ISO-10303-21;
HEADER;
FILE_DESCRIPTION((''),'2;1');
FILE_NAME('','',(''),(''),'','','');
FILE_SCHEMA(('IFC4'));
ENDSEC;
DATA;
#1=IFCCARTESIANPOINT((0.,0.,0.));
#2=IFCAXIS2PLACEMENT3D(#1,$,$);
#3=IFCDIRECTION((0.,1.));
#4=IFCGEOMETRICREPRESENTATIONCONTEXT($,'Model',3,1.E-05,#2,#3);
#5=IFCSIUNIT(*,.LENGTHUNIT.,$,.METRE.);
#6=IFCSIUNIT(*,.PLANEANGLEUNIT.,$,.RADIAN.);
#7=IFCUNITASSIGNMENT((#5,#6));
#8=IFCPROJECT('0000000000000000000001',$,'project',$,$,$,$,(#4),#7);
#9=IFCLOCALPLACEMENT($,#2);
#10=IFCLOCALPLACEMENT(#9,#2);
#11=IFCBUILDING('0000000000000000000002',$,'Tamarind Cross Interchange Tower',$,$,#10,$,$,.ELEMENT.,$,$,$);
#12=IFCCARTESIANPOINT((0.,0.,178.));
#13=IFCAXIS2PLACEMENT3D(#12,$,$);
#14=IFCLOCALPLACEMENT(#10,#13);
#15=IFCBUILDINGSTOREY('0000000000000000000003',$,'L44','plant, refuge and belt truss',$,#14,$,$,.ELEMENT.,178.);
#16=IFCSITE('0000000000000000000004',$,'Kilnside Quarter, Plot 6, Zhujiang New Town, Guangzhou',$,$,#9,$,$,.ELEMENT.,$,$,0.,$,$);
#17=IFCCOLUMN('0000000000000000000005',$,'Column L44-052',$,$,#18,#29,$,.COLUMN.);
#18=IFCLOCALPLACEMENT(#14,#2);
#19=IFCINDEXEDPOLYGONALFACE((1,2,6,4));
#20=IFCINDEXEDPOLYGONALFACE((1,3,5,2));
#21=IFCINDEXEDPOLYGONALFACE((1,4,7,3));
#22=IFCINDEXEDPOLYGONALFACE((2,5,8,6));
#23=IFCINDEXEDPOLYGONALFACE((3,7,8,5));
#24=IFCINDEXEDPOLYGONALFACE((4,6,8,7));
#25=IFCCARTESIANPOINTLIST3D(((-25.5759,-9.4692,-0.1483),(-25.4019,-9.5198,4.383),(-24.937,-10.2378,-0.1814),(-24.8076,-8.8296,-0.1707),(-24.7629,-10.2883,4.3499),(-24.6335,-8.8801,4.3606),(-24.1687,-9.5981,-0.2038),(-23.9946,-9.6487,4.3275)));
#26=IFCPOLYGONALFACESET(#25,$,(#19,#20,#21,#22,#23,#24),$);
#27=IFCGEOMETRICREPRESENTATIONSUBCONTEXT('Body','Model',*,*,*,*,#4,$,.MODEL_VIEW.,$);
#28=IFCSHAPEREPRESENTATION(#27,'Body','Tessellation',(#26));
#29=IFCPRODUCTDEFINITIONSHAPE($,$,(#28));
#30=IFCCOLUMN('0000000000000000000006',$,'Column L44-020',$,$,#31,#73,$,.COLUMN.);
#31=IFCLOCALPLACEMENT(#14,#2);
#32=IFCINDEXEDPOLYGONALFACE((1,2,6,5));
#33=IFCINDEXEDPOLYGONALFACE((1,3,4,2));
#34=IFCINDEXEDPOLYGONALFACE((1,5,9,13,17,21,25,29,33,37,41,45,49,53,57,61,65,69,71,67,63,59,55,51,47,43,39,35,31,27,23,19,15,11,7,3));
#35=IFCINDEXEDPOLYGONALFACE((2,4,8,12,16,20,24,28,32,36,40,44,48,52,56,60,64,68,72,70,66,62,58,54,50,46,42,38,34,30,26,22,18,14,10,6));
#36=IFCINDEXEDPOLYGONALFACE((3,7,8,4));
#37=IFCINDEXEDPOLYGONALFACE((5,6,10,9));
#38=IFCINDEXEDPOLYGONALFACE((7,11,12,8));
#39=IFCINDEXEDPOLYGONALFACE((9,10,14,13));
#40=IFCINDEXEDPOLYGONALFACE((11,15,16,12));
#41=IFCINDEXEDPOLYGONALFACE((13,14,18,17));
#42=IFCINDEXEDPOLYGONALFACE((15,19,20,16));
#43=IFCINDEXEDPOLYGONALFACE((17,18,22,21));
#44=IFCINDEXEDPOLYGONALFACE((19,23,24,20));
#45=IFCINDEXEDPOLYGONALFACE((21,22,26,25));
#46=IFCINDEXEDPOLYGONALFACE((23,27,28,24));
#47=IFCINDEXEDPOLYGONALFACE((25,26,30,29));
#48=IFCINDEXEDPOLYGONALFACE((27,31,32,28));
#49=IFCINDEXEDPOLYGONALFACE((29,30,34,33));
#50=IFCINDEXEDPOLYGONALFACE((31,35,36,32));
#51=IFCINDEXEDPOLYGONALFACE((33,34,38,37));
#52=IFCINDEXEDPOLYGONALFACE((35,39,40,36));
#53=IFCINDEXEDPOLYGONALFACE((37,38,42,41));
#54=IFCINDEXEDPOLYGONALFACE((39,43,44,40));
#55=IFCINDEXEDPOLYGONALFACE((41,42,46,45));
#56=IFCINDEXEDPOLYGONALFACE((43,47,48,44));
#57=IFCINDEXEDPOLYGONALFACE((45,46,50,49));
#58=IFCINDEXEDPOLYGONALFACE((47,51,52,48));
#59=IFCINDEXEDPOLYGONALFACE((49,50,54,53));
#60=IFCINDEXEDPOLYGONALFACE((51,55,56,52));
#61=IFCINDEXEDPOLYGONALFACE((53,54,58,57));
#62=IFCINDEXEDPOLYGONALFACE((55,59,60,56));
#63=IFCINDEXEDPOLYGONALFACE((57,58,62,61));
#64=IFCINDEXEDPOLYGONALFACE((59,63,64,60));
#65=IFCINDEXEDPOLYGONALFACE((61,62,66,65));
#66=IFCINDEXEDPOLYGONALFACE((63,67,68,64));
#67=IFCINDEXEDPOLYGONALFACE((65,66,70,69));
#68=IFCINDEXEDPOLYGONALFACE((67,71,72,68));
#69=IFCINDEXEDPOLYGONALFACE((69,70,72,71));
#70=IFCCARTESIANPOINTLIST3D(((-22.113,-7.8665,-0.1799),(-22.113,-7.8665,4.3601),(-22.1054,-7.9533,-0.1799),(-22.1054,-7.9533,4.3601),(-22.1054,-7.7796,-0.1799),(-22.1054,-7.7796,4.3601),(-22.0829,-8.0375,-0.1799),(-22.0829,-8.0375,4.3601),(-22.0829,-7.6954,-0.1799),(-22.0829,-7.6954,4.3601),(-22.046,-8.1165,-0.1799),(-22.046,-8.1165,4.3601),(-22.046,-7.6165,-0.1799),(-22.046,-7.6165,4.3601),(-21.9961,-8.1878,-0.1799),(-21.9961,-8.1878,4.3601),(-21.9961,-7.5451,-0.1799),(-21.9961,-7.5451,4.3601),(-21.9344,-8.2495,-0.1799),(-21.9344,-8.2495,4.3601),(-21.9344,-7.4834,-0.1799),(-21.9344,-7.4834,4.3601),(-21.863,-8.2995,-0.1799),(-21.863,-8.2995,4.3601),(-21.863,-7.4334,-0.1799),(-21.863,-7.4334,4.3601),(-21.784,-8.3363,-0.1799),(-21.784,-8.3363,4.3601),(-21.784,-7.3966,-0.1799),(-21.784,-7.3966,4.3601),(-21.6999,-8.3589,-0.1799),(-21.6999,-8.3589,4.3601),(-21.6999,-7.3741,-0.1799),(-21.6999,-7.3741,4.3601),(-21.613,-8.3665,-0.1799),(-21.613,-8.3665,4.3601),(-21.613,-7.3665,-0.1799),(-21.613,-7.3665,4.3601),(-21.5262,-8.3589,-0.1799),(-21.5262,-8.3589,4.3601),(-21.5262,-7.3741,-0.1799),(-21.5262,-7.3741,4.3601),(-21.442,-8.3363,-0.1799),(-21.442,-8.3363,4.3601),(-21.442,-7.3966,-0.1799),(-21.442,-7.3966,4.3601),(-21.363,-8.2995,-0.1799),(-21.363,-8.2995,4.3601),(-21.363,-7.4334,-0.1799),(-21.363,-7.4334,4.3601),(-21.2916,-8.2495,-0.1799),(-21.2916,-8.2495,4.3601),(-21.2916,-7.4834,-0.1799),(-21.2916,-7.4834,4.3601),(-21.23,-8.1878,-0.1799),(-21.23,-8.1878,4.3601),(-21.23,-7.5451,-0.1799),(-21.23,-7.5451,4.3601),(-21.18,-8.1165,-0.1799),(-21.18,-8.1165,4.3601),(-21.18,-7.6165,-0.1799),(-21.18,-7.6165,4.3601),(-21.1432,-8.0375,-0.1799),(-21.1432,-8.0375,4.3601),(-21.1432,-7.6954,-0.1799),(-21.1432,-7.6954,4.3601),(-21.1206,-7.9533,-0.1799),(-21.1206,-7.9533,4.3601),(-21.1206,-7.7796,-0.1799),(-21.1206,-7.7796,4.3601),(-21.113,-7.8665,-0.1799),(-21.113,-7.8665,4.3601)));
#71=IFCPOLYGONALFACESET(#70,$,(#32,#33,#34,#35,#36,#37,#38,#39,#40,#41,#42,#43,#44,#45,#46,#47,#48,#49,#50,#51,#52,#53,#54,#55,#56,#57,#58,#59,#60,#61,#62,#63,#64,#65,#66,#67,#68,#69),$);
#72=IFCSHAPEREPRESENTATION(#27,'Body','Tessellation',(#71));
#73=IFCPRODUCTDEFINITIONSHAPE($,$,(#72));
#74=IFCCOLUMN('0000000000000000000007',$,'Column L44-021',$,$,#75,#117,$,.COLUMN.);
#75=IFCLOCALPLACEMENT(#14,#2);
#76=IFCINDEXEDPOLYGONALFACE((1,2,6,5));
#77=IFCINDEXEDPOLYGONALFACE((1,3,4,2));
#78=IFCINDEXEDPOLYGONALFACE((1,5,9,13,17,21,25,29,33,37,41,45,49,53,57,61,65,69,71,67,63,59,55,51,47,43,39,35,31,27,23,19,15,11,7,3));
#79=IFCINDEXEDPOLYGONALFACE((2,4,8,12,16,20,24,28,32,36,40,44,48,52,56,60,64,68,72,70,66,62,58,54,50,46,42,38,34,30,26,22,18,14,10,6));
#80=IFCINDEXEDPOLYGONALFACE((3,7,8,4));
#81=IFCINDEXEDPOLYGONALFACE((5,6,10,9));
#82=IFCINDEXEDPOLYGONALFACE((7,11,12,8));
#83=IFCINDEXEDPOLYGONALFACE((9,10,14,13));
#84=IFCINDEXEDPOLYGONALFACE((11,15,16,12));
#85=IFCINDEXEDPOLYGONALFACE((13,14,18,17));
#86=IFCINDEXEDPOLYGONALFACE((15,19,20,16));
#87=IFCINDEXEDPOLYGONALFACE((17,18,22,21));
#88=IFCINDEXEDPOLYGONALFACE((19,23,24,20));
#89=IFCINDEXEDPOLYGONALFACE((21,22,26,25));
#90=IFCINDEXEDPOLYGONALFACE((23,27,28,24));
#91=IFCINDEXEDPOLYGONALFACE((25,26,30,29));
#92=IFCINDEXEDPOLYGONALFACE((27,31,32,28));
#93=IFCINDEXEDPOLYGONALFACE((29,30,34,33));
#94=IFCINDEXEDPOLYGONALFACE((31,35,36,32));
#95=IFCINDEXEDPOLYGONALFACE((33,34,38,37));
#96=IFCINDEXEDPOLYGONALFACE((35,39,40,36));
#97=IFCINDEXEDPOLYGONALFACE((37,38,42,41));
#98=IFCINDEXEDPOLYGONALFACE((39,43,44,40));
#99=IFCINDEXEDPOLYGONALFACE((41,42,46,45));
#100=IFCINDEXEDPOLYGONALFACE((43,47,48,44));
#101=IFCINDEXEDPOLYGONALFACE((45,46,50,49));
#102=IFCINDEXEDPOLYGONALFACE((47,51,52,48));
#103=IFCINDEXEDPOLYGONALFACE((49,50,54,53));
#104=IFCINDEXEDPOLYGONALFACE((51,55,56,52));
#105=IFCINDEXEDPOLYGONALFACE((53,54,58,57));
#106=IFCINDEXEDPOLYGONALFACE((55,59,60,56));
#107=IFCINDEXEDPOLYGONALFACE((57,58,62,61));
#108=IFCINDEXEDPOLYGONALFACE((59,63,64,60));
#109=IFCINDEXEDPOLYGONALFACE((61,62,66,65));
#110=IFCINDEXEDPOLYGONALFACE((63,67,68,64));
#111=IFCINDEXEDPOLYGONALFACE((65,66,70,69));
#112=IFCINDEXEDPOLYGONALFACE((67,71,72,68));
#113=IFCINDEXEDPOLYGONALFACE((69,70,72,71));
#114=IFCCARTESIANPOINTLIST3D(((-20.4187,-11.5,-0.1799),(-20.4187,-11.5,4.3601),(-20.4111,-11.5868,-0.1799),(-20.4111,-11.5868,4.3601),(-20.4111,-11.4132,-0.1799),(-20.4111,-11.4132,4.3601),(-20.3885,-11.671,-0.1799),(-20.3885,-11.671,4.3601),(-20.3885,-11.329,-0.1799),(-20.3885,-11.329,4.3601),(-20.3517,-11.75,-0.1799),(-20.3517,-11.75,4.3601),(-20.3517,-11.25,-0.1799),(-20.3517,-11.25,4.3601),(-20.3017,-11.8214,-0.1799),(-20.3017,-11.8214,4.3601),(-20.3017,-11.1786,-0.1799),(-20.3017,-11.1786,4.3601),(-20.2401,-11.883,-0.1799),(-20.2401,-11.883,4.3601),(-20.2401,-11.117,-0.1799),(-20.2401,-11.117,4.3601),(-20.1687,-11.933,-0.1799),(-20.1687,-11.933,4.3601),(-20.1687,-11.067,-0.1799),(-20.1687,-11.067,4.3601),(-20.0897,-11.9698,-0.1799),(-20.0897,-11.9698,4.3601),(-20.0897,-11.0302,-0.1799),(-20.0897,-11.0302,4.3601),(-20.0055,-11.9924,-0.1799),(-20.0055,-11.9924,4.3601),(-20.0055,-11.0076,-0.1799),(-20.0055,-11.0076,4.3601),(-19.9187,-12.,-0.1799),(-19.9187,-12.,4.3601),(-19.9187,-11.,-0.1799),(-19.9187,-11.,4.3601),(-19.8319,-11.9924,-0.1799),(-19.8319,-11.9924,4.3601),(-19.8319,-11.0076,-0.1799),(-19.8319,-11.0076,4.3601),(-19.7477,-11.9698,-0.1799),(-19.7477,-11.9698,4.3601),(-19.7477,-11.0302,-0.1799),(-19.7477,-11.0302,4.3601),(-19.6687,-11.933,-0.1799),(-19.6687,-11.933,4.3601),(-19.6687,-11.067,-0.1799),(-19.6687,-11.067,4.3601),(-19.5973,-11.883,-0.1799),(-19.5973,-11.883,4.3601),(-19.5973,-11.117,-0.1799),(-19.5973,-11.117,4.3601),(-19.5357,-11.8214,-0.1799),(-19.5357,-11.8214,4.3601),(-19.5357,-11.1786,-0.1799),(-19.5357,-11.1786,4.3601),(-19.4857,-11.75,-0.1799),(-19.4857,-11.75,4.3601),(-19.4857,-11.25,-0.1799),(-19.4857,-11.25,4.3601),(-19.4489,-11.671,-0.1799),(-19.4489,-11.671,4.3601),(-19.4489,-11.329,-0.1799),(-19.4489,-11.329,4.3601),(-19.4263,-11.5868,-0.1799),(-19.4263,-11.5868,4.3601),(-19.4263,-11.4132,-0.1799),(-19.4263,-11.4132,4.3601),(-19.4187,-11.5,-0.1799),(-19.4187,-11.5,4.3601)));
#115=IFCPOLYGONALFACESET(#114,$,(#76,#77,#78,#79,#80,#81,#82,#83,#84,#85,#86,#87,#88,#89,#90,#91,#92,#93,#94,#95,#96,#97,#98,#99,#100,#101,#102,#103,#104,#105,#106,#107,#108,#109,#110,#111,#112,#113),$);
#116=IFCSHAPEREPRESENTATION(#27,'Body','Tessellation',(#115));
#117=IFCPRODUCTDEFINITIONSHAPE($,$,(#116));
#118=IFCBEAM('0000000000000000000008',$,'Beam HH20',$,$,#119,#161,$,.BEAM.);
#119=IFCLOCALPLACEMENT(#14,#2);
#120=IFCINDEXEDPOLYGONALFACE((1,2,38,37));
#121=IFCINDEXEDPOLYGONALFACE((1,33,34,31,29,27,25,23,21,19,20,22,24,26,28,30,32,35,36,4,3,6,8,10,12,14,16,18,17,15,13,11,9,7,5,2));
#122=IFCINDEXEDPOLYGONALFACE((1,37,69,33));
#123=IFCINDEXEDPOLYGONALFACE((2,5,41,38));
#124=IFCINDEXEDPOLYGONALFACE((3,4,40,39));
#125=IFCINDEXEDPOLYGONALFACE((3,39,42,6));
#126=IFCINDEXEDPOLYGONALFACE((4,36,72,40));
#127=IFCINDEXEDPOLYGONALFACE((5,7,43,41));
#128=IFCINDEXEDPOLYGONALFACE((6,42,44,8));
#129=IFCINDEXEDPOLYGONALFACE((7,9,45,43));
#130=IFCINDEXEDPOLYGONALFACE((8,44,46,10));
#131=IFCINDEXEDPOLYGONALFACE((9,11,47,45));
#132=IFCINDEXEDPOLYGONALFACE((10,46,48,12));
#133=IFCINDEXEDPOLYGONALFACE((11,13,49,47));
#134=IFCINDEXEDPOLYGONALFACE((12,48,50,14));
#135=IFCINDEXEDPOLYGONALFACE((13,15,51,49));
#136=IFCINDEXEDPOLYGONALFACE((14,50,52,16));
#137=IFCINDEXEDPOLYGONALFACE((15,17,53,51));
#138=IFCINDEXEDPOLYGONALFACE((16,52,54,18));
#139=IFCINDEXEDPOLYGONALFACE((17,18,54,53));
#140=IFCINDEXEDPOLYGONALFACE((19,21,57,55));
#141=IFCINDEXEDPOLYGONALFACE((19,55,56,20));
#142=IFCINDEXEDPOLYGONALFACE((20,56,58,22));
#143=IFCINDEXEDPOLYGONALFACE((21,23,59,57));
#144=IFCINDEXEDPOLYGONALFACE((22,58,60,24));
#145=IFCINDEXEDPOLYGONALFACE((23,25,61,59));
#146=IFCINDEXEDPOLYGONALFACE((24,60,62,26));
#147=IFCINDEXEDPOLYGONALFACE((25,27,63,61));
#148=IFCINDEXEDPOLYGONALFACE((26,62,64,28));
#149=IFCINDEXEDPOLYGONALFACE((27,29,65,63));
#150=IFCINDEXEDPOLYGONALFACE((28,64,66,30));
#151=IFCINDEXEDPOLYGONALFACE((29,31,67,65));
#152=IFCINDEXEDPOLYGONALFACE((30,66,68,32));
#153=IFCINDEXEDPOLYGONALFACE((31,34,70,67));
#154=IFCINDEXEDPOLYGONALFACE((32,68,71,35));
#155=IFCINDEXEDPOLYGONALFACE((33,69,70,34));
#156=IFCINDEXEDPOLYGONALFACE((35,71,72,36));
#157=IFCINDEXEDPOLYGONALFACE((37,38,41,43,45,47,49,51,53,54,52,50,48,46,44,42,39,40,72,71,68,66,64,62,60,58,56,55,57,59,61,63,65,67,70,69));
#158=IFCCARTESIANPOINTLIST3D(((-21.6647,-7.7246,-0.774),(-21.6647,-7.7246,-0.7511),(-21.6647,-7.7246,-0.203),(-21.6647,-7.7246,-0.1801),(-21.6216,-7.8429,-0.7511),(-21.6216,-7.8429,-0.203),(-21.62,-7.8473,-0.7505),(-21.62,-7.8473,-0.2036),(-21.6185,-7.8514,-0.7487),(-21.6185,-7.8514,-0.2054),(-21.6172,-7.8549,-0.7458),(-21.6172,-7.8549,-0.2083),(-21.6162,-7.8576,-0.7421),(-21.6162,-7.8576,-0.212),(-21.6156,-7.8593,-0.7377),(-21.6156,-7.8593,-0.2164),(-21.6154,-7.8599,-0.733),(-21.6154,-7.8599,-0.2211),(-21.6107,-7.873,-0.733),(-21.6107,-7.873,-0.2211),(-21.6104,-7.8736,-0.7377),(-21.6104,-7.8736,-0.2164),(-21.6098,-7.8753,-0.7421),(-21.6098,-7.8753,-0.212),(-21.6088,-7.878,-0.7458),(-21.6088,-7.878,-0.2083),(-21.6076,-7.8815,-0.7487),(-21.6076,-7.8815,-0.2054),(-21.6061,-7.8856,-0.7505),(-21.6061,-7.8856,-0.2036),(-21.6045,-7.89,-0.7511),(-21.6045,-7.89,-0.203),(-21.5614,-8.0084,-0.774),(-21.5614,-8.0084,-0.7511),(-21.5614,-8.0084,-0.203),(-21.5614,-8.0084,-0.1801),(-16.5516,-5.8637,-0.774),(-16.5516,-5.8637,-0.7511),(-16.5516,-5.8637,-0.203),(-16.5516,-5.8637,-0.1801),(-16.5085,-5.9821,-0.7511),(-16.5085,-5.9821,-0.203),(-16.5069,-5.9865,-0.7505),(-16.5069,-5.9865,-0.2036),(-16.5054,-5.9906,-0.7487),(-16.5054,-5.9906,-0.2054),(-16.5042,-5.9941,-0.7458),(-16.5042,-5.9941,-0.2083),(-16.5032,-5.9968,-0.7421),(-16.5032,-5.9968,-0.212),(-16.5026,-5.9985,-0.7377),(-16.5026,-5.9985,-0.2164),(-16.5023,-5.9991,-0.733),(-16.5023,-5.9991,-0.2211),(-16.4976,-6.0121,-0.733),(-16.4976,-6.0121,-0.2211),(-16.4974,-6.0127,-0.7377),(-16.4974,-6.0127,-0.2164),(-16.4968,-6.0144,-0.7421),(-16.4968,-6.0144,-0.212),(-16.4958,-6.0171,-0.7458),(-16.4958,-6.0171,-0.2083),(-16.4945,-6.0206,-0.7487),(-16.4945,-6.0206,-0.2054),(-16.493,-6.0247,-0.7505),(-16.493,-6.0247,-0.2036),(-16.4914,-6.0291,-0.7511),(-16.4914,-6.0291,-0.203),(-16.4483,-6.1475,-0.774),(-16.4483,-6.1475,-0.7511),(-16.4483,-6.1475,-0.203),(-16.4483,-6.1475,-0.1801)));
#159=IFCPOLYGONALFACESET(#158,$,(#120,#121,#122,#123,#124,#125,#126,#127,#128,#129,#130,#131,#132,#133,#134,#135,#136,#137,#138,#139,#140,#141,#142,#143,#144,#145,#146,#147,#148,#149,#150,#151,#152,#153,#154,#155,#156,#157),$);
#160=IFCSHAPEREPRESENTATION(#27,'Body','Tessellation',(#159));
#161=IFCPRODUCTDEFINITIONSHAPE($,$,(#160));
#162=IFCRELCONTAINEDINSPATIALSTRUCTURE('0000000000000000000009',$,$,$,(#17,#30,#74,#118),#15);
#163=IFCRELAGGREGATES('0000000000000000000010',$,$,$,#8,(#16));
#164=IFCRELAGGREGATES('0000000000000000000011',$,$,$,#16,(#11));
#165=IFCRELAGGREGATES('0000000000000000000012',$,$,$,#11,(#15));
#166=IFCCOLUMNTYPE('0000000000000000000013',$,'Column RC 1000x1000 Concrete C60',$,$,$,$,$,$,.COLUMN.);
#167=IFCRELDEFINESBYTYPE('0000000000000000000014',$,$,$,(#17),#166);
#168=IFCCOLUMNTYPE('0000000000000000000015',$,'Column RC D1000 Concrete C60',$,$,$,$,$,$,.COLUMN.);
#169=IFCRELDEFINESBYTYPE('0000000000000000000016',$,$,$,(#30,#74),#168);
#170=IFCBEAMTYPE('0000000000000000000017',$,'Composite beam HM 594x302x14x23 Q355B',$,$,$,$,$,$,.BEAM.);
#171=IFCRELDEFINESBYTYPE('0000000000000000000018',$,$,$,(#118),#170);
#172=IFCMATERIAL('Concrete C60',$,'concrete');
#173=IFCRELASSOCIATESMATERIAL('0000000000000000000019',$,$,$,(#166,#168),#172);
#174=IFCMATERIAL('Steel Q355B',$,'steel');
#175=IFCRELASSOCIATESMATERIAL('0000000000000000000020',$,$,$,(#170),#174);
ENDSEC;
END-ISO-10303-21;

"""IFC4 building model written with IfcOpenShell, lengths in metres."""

from ifc_helpers import new_model, si_unit, direction, frame, origin, origin_2d, place, context, subcontext, project, spatial, rectangle, circle, i_section, extrude, material, material_profile, profile_set, type_object, element, save


model = new_model("IFC4")

# Units and contexts
model_context = context("Model", 3, precision=1e-05, world=origin(), true_north=direction((0.0, 1.0)))
body_context = subcontext(model_context, "Body", "Model", "MODEL_VIEW")
ifc_project = project(units=[si_unit("LENGTHUNIT", "METRE"), si_unit("PLANEANGLEUNIT", "RADIAN")], contexts=[model_context])

# Site, building, storey
site_placement = place(None, origin())
site = spatial("IfcSite", under=ifc_project, at=site_placement, Name="Kilnside Quarter, Plot 6, Zhujiang New Town, Guangzhou", CompositionType="ELEMENT", RefElevation=0.0)
building_placement = place(site_placement, origin())
building = spatial("IfcBuilding", under=site, at=building_placement, Name="Tamarind Cross Interchange Tower", CompositionType="ELEMENT")
storey_placement = place(building_placement, frame((0.0, 0.0, 178.0)))
storey = spatial("IfcBuildingStorey", under=building, at=storey_placement, Name="L44", Description="plant, refuge and belt truss", CompositionType="ELEMENT", Elevation=178.0)

# Columns
ifc_material_1 = material(Name="Concrete C60", Category="concrete")
ifc_material_profile_1 = material_profile(ifc_material_1, rectangle(XDim=1.0, YDim=1.0, at=origin_2d()), Name="RC 1000x1000")
ifc_profile_set_1 = profile_set([ifc_material_profile_1], Name="Concrete C60")
column_type_1 = type_object("IfcColumnType", Name="Column RC 1000x1000 Concrete C60", PredefinedType="COLUMN", material=ifc_profile_set_1)
column_placement = place(storey_placement, frame((-24.8723, -9.5337, -0.176), z_axis=(0.038385, -0.011144, 0.999201), x_axis=(-0.638909, 0.768569, 0.033116)))
element("IfcColumn", 1, at=column_placement, inside=storey, type_object=column_type_1, Name="Column L44-052", PredefinedType="COLUMN", context=body_context, shape_type="SweptSolid", body=[
    extrude(rectangle(XDim=1.0, YDim=1.0, at=origin_2d()), origin(), (0.0, 0.0, 1.0), 4.5349),
])
ifc_material_profile_2 = material_profile(ifc_material_1, circle(Radius=0.5, at=origin_2d()), Name="RC D1000")
ifc_profile_set_2 = profile_set([ifc_material_profile_2], Name="Concrete C60")
column_type_2 = type_object("IfcColumnType", Name="Column RC D1000 Concrete C60", PredefinedType="COLUMN", material=ifc_profile_set_2)
for number, where, z_axis, x_axis, name in (
    (2, (-21.613, -7.8665, -0.1799), (0.0, 0.0, 1.0), (1.0, 0.0, 0.0), "Column L44-020"),
    (3, (-19.9187, -11.5, -0.1799), (0.0, 0.0, 1.0), (1.0, 0.0, 0.0), "Column L44-021"),
):
    element("IfcColumn", number, at=place(storey_placement, frame(where, z_axis=z_axis, x_axis=x_axis)), inside=storey, type_object=column_type_2, Name=name, PredefinedType="COLUMN", context=body_context, shape_type="SweptSolid", body=[
        extrude(circle(Radius=0.5, at=origin_2d()), origin(), (0.0, 0.0, 1.0), 4.54),
    ])

# Beam
ifc_material_2 = material(Name="Steel Q355B", Category="steel")
ifc_material_profile_3 = material_profile(ifc_material_2, i_section(OverallWidth=0.302, OverallDepth=0.594, WebThickness=0.0139, FlangeThickness=0.0229, FilletRadius=0.0181, at=origin_2d()), Name="HM 594x302x14x23")
ifc_profile_set_3 = profile_set([ifc_material_profile_3], Name="Steel Q355B")
beam_type_1 = type_object("IfcBeamType", Name="Composite beam HM 594x302x14x23 Q355B", PredefinedType="BEAM", material=ifc_profile_set_3)
beam_1_placement = place(storey_placement, frame((-21.613, -7.8665, -0.4771), z_axis=(0.939702, 0.341995, 0.0), x_axis=(-0.341995, 0.939702, 0.0)))
element("IfcBeam", 4, at=beam_1_placement, inside=storey, type_object=beam_type_1, Name="Beam HH20", PredefinedType="BEAM", context=body_context, shape_type="SweptSolid", body=[
    extrude(i_section(OverallWidth=0.302, OverallDepth=0.594, WebThickness=0.0139, FlangeThickness=0.0229, FilletRadius=0.0181, at=origin_2d()), origin(), (0.0, 0.0, 1.0), 5.4412),
])

save(model, "model.ifc")
